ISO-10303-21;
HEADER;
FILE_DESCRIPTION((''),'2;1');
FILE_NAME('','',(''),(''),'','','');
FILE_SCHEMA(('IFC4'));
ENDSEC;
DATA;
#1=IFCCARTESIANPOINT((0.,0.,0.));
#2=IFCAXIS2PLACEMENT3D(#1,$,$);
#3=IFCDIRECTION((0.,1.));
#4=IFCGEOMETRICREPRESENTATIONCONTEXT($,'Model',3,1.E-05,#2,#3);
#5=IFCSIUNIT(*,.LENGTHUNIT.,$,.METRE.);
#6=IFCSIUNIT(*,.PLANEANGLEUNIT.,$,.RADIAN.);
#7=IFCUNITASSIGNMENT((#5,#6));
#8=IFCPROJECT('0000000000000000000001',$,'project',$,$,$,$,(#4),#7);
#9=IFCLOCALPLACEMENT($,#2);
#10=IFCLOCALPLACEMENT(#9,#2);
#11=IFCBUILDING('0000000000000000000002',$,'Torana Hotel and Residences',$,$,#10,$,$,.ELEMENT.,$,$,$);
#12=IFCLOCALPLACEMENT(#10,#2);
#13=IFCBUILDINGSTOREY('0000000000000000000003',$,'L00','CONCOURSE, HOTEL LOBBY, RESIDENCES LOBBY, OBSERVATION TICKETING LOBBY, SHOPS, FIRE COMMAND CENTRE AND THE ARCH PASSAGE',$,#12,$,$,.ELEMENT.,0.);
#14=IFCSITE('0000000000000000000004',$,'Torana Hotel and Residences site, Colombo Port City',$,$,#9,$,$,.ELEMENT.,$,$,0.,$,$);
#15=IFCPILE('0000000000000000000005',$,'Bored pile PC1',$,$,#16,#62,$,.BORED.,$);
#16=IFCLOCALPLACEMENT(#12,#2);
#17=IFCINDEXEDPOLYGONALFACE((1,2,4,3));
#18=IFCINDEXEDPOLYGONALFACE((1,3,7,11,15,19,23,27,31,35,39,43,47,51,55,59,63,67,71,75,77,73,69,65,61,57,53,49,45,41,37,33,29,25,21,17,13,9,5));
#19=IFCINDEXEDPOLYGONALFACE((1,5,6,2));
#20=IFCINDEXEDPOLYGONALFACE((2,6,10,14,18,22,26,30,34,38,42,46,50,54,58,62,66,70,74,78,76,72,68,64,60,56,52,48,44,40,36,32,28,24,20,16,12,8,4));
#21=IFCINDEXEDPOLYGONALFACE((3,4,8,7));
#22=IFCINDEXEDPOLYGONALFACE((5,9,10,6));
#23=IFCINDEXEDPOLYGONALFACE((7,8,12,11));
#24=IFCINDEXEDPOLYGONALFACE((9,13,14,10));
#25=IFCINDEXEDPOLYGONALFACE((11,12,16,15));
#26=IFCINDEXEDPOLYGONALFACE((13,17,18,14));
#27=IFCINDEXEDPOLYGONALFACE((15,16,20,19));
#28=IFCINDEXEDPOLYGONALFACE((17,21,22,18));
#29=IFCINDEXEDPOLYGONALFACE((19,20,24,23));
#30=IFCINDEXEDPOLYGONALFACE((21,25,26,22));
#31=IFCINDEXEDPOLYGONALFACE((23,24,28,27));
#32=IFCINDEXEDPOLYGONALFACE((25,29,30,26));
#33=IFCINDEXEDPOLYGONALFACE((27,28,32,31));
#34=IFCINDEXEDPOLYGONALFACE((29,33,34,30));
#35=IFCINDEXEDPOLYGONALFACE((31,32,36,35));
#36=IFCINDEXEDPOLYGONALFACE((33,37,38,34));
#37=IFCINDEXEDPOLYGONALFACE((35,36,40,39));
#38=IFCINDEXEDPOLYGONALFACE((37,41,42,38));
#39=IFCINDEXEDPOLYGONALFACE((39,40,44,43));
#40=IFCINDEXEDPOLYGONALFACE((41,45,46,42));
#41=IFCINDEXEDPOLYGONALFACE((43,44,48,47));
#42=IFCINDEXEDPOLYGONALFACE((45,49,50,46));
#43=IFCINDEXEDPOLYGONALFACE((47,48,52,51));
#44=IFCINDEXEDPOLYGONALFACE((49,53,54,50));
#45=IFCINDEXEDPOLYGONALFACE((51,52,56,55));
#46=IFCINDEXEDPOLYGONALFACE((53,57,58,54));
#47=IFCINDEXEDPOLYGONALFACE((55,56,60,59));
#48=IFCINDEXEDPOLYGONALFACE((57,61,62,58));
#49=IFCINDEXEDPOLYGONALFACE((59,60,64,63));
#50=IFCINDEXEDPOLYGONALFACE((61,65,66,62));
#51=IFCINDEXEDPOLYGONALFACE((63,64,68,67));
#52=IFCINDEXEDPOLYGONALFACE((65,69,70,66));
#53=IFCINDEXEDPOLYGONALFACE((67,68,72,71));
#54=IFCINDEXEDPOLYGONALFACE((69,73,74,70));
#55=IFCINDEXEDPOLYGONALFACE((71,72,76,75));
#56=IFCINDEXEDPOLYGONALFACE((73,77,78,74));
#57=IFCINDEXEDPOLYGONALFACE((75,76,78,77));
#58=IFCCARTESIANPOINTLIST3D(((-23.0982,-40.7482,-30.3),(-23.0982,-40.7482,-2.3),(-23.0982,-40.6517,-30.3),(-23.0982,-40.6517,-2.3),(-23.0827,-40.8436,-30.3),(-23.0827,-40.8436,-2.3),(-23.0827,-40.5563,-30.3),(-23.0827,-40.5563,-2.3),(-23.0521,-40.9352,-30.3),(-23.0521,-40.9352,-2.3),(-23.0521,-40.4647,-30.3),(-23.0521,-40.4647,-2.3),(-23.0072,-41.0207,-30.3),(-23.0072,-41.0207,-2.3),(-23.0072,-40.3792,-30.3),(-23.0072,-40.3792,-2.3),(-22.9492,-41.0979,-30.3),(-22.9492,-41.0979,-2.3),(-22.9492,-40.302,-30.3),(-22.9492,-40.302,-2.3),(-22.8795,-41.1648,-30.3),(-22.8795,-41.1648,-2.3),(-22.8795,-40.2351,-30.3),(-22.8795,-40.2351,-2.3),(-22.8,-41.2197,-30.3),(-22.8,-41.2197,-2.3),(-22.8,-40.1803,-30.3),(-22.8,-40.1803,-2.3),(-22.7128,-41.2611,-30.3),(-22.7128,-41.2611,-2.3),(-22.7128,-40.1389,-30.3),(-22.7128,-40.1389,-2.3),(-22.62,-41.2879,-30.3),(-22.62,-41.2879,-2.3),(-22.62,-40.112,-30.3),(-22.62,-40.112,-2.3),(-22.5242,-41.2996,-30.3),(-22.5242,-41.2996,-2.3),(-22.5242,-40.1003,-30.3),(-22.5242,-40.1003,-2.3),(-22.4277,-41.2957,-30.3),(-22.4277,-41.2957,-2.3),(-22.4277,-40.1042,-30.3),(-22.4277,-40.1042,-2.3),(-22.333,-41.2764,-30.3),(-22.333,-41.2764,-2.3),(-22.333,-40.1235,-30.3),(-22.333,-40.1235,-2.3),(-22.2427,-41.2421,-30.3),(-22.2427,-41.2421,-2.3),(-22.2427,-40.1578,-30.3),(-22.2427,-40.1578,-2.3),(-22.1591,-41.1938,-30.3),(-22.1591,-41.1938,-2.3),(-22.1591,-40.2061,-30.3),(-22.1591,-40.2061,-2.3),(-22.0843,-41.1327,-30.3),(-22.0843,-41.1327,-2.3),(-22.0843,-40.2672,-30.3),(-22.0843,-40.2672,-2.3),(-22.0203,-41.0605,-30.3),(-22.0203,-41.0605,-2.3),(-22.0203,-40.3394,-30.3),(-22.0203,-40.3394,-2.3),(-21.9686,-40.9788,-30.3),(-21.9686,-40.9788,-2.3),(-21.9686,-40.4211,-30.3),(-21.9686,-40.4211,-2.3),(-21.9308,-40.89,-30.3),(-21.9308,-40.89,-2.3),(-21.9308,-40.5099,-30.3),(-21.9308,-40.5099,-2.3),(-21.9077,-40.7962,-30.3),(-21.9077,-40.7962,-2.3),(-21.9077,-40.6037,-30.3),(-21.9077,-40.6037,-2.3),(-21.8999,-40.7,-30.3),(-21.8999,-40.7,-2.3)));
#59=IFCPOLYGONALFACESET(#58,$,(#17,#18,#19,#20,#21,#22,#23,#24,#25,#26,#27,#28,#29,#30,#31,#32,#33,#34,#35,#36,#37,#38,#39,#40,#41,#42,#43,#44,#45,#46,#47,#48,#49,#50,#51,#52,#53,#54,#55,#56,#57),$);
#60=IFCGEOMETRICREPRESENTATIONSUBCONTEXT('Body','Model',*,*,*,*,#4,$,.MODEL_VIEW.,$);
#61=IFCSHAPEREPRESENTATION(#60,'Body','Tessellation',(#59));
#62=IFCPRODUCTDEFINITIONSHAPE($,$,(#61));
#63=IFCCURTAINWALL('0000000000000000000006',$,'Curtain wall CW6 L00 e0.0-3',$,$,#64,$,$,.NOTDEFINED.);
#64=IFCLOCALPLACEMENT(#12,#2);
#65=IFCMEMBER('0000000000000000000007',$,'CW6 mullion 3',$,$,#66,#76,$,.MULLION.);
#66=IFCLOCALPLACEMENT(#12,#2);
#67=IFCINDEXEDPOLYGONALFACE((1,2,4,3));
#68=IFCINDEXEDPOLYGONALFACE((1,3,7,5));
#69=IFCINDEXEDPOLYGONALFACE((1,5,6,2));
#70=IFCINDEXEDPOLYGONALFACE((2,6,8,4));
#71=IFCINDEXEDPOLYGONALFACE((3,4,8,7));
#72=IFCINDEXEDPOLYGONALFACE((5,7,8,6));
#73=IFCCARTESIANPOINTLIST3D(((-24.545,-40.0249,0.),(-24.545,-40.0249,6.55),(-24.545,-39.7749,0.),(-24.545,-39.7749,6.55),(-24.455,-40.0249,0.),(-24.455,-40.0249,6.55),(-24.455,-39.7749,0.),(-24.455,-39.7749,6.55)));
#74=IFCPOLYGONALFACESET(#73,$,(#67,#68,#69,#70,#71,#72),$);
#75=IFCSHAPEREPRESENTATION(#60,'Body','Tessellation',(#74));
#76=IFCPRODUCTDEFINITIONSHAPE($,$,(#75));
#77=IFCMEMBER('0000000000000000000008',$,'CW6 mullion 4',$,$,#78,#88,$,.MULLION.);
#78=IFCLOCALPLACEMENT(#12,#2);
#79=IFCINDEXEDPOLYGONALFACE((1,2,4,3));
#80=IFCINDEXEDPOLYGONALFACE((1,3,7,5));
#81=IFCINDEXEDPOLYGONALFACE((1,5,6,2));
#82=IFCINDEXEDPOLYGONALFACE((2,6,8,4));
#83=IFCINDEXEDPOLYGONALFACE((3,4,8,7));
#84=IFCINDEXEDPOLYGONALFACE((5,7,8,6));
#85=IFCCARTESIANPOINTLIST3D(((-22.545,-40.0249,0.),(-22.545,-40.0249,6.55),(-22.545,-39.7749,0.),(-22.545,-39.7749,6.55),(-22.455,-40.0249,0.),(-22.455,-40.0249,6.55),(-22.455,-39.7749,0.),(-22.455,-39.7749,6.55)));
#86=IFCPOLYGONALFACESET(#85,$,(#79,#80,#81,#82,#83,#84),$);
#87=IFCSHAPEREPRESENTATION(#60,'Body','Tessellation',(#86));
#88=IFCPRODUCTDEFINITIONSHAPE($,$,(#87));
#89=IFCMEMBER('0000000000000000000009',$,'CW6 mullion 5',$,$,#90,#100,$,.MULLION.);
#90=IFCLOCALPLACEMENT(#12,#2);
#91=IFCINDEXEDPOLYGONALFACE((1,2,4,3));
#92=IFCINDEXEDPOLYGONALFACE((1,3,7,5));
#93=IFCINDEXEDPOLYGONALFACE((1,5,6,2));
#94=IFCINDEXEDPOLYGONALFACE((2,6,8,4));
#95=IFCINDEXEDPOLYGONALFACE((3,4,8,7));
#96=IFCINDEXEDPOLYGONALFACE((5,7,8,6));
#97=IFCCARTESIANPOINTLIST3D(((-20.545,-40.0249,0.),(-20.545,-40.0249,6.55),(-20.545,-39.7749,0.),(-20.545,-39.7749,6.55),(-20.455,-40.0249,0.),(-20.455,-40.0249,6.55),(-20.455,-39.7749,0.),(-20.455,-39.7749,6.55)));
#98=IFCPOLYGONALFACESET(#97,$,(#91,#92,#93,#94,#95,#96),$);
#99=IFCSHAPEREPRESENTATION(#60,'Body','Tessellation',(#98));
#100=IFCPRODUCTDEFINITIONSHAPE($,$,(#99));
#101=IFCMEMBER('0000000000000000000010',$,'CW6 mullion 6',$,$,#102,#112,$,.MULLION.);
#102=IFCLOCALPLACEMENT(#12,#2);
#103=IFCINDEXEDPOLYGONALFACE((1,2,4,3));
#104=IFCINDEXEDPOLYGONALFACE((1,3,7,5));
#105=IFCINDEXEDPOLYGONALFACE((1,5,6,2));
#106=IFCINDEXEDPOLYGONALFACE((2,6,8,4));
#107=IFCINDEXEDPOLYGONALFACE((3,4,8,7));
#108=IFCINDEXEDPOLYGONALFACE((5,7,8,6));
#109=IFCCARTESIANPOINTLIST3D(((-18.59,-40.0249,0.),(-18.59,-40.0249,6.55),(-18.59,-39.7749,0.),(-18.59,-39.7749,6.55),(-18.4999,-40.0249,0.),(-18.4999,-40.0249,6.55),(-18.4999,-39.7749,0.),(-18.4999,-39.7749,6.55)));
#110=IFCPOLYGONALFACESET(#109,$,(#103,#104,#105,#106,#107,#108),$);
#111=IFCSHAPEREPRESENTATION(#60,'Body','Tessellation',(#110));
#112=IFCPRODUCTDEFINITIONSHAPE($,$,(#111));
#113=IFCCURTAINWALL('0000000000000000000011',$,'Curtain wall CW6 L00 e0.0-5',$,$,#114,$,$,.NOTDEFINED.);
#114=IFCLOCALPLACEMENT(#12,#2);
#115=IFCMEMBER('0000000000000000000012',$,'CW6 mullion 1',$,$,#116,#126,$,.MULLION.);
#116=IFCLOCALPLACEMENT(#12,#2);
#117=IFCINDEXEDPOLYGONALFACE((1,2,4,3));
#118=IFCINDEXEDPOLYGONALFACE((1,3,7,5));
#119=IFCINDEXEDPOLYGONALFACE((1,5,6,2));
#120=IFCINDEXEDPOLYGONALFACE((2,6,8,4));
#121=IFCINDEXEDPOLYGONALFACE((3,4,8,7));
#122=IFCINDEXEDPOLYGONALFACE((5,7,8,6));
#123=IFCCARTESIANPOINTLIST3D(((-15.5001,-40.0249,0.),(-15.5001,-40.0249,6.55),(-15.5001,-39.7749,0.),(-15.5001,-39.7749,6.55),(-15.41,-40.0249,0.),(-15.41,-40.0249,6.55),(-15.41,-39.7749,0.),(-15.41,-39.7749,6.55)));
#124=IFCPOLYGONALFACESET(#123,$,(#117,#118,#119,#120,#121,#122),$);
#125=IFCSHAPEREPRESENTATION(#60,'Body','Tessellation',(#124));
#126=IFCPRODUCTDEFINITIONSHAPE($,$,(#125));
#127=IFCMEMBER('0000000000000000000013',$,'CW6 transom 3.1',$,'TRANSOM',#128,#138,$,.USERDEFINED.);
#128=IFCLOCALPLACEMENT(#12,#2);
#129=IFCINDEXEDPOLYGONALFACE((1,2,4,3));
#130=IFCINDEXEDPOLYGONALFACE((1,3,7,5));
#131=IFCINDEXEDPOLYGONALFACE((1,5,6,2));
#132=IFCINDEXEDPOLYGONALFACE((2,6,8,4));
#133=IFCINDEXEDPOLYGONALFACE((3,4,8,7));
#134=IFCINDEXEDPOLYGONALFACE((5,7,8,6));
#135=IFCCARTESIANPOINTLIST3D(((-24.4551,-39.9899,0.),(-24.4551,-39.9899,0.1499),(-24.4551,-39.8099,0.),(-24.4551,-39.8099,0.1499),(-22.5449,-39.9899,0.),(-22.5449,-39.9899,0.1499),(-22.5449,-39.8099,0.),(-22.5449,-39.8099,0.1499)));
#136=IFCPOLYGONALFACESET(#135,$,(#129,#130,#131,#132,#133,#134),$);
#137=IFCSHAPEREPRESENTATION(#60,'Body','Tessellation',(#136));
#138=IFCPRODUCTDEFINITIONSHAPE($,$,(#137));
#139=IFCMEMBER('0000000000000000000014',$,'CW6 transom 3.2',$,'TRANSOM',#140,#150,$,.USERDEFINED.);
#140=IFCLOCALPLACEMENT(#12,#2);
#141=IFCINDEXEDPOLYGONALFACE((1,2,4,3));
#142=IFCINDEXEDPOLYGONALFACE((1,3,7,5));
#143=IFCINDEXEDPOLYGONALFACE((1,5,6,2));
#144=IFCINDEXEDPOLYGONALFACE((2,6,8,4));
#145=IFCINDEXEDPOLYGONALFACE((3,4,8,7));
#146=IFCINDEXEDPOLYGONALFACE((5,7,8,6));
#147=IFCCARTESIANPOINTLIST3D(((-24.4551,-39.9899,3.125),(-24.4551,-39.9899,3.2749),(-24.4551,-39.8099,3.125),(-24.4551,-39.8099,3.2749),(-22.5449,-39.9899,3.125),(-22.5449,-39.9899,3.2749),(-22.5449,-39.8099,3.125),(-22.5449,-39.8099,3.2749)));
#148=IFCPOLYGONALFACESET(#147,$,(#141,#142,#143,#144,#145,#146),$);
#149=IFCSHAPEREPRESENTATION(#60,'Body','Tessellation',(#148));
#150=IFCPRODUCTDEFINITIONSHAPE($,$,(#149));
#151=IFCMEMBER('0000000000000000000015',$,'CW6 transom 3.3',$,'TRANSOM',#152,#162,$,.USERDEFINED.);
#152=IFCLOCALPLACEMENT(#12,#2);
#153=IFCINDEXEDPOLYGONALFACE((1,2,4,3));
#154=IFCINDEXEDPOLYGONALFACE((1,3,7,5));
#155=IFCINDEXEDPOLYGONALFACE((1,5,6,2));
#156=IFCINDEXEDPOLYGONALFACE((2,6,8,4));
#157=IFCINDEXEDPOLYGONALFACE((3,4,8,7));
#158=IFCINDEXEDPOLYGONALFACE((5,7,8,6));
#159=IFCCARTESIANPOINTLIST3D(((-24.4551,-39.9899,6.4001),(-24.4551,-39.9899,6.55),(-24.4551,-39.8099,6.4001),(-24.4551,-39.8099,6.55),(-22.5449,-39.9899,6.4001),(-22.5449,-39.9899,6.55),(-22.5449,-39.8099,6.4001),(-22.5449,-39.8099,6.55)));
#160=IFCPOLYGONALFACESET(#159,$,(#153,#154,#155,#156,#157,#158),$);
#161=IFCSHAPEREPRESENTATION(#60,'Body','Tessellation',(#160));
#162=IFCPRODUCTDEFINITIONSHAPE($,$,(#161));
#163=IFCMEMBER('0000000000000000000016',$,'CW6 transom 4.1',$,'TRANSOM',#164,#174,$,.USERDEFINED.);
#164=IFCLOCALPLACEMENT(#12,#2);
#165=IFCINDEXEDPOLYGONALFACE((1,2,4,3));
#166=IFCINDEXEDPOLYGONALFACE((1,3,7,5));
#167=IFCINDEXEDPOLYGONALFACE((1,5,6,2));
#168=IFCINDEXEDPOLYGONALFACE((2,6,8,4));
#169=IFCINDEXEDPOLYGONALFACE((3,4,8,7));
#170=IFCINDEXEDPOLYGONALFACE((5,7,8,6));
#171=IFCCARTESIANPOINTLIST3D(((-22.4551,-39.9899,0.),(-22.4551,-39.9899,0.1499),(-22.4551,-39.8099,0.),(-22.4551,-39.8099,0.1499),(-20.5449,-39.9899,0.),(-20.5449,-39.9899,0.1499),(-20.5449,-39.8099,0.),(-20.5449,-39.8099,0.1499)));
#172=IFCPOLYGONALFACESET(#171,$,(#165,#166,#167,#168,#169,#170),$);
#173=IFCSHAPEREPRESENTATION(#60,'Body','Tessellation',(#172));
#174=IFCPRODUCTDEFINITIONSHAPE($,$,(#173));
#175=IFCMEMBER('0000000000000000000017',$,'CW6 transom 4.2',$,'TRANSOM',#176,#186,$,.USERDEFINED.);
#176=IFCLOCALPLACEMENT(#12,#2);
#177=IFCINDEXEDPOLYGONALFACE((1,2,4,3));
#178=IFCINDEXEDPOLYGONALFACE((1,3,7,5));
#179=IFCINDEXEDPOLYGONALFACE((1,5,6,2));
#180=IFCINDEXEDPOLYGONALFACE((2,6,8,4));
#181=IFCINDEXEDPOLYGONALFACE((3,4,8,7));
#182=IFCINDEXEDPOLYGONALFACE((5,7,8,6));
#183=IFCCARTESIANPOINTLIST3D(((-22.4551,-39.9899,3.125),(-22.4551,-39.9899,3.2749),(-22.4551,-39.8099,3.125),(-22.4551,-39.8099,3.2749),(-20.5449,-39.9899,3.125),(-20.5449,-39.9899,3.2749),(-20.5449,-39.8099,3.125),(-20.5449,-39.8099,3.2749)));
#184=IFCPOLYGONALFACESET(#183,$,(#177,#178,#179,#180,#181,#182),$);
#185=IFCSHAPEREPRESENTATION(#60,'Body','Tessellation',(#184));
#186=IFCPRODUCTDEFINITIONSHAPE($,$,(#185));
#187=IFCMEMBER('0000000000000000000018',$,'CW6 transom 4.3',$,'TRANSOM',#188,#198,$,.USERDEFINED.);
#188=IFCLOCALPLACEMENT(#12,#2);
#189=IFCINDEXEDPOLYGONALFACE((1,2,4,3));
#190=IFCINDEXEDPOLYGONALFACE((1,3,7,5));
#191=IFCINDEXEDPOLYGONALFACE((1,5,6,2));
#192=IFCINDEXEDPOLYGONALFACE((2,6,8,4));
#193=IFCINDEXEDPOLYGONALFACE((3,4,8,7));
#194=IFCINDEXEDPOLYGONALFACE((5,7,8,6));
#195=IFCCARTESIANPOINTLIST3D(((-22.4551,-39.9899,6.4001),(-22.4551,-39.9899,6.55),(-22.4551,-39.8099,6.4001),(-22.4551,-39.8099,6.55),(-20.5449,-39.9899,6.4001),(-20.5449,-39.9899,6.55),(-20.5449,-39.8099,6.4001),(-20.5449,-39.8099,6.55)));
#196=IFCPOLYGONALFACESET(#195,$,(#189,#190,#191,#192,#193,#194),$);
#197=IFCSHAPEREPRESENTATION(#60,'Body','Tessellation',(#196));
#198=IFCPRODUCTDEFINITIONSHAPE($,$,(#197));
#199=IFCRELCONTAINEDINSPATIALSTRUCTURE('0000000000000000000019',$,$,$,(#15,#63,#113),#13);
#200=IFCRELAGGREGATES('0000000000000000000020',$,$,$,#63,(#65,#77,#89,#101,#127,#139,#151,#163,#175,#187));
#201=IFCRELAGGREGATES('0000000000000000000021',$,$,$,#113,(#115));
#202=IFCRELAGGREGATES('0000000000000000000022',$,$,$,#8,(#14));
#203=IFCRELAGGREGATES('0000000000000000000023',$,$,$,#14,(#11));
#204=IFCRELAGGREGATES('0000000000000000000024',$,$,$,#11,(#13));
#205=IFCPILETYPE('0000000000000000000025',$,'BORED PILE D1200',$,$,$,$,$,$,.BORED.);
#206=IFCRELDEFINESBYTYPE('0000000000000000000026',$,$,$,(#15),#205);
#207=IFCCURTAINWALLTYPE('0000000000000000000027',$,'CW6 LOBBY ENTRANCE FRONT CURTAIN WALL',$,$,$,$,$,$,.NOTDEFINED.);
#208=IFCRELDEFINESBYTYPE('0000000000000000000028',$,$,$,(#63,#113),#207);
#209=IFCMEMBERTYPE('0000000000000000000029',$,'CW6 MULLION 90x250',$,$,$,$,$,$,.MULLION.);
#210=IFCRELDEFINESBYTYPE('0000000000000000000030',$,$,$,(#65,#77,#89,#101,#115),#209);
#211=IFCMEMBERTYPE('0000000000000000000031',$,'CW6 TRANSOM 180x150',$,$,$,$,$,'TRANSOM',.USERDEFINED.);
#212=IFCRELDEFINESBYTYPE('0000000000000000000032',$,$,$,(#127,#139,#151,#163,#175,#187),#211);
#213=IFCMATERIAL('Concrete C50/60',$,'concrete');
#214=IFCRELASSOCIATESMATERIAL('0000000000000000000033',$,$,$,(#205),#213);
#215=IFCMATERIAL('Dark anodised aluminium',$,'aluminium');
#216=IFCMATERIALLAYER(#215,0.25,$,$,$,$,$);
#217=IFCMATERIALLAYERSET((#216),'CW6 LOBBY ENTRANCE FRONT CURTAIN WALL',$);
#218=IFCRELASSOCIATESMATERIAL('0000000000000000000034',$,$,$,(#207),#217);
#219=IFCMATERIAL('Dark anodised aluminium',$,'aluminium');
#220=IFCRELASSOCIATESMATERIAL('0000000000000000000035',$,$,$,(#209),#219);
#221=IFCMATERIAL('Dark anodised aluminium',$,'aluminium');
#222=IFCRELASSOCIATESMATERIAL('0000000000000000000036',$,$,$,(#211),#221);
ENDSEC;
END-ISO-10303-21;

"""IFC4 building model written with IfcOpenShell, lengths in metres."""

from ifc_helpers import new_model, si_unit, direction, frame, origin, origin_2d, place, context, subcontext, project, spatial, rectangle, circle, extrude, material, layer, layer_set, material_profile, profile_set, type_object, element, aggregate, save


model = new_model("IFC4")

# Units and contexts
model_context = context("Model", 3, precision=1e-05, world=origin(), true_north=direction((0.0, 1.0)))
body_context = subcontext(model_context, "Body", "Model", "MODEL_VIEW")
ifc_project = project(units=[si_unit("LENGTHUNIT", "METRE"), si_unit("PLANEANGLEUNIT", "RADIAN")], contexts=[model_context])

# Site, building, storey
site_placement = place(None, origin())
site = spatial("IfcSite", under=ifc_project, at=site_placement, Name="Torana Hotel and Residences site, Colombo Port City", CompositionType="ELEMENT", RefElevation=0.0)
building_placement = place(site_placement, origin())
building = spatial("IfcBuilding", under=site, at=building_placement, Name="Torana Hotel and Residences", CompositionType="ELEMENT")
storey_placement = place(building_placement, origin())
storey = spatial("IfcBuildingStorey", under=building, at=storey_placement, Name="L00", Description="CONCOURSE, HOTEL LOBBY, RESIDENCES LOBBY, OBSERVATION TICKETING LOBBY, SHOPS, FIRE COMMAND CENTRE AND THE ARCH PASSAGE", CompositionType="ELEMENT", Elevation=0.0)

# Pile
ifc_material_1 = material(Name="Concrete C50/60", Category="concrete")
pile_type = type_object("IfcPileType", Name="BORED PILE D1200", PredefinedType="BORED", material=ifc_material_1)
pile_placement = place(storey_placement, frame((-22.5, -40.7, -2.3), z_axis=(0.0, 0.0, -1.0), x_axis=(1.0, 0.0, 0.0)))
element("IfcPile", 1, at=pile_placement, inside=storey, type_object=pile_type, Name="Bored pile PC1", PredefinedType="BORED", context=body_context, shape_type="SweptSolid", body=[
    extrude(circle(Radius=0.6001, at=origin_2d()), origin(), (0.0, 0.0, 1.0), 28.0),
])

# Curtain wall, members
ifc_material_2 = material(Name="Dark anodised aluminium", Category="aluminium")
ifc_layer_1 = layer(ifc_material_2, 0.25)
ifc_layer_set_1 = layer_set([ifc_layer_1], Name="CW6 LOBBY ENTRANCE FRONT CURTAIN WALL")
curtain_wall_type = type_object("IfcCurtainWallType", Name="CW6 LOBBY ENTRANCE FRONT CURTAIN WALL", PredefinedType="NOTDEFINED", material=ifc_layer_set_1)
curtain_wall_1_placement = place(storey_placement, origin())
curtain_wall_1 = element("IfcCurtainWall", 2, at=curtain_wall_1_placement, inside=storey, type_object=curtain_wall_type, Name="Curtain wall CW6 L00 e0.0-3", PredefinedType="NOTDEFINED")
ifc_material_3 = material(Name="Dark anodised aluminium", Category="aluminium")
ifc_material_profile_1 = material_profile(ifc_material_3, rectangle(XDim=0.25, YDim=0.0901, at=origin_2d()), Name="CW6 MULLION 90x250")
ifc_profile_set_1 = profile_set([ifc_material_profile_1], Name="Dark anodised aluminium")
member_type_1 = type_object("IfcMemberType", Name="CW6 MULLION 90x250", PredefinedType="MULLION", material=ifc_profile_set_1)
member_1_placement = place(storey_placement, frame((-24.5, -39.8999, 0.0), z_axis=(0.0, 0.0, 1.0), x_axis=(0.0, 1.0, 0.0)))
member_1 = element("IfcMember", 3, at=member_1_placement, type_object=member_type_1, Name="CW6 mullion 3", PredefinedType="MULLION", context=body_context, shape_type="SweptSolid", body=[
    extrude(rectangle(XDim=0.25, YDim=0.0901, at=origin_2d()), origin(), (0.0, 0.0, 1.0), 6.55),
])
member_2_placement = place(storey_placement, frame((-22.5, -39.8999, 0.0), z_axis=(0.0, 0.0, 1.0), x_axis=(0.0, 1.0, 0.0)))
member_2 = element("IfcMember", 4, at=member_2_placement, type_object=member_type_1, Name="CW6 mullion 4", PredefinedType="MULLION", context=body_context, shape_type="SweptSolid", body=[
    extrude(rectangle(XDim=0.25, YDim=0.0901, at=origin_2d()), origin(), (0.0, 0.0, 1.0), 6.55),
])
member_3_placement = place(storey_placement, frame((-20.5, -39.8999, 0.0), z_axis=(0.0, 0.0, 1.0), x_axis=(0.0, 1.0, 0.0)))
member_3 = element("IfcMember", 5, at=member_3_placement, type_object=member_type_1, Name="CW6 mullion 5", PredefinedType="MULLION", context=body_context, shape_type="SweptSolid", body=[
    extrude(rectangle(XDim=0.25, YDim=0.0901, at=origin_2d()), origin(), (0.0, 0.0, 1.0), 6.55),
])
member_4_placement = place(storey_placement, frame((-18.5449, -39.8999, 0.0), z_axis=(0.0, 0.0, 1.0), x_axis=(0.0, 1.0, 0.0)))
member_4 = element("IfcMember", 6, at=member_4_placement, type_object=member_type_1, Name="CW6 mullion 6", PredefinedType="MULLION", context=body_context, shape_type="SweptSolid", body=[
    extrude(rectangle(XDim=0.25, YDim=0.0901, at=origin_2d()), origin(), (0.0, 0.0, 1.0), 6.55),
])

# Curtain wall, member
curtain_wall_2_placement = place(storey_placement, origin())
curtain_wall_2 = element("IfcCurtainWall", 7, at=curtain_wall_2_placement, inside=storey, type_object=curtain_wall_type, Name="Curtain wall CW6 L00 e0.0-5", PredefinedType="NOTDEFINED")
member_5_placement = place(storey_placement, frame((-15.4551, -39.8999, 0.0), z_axis=(0.0, 0.0, 1.0), x_axis=(0.0, 1.0, 0.0)))
member_5 = element("IfcMember", 8, at=member_5_placement, type_object=member_type_1, Name="CW6 mullion 1", PredefinedType="MULLION", context=body_context, shape_type="SweptSolid", body=[
    extrude(rectangle(XDim=0.25, YDim=0.0901, at=origin_2d()), origin(), (0.0, 0.0, 1.0), 6.55),
])

# Members
ifc_material_4 = material(Name="Dark anodised aluminium", Category="aluminium")
ifc_material_profile_2 = material_profile(ifc_material_4, rectangle(XDim=0.1799, YDim=0.1499, at=origin_2d()), Name="CW6 TRANSOM 180x150")
ifc_profile_set_2 = profile_set([ifc_material_profile_2], Name="Dark anodised aluminium")
member_type_2 = type_object("IfcMemberType", Name="CW6 TRANSOM 180x150", ElementType="TRANSOM", PredefinedType="USERDEFINED", material=ifc_profile_set_2)
member_6_placement = place(storey_placement, frame((-24.4551, -39.8999, 0.075), z_axis=(1.0, 0.0, 0.0), x_axis=(0.0, 1.0, 0.0)))
member_6 = element("IfcMember", 9, at=member_6_placement, type_object=member_type_2, Name="CW6 transom 3.1", ObjectType="TRANSOM", PredefinedType="USERDEFINED", context=body_context, shape_type="SweptSolid", body=[
    extrude(rectangle(XDim=0.1799, YDim=0.1499, at=origin_2d()), origin(), (0.0, 0.0, 1.0), 1.9102),
])
member_7_placement = place(storey_placement, frame((-24.4551, -39.8999, 3.2), z_axis=(1.0, 0.0, 0.0), x_axis=(0.0, 1.0, 0.0)))
member_7 = element("IfcMember", 10, at=member_7_placement, type_object=member_type_2, Name="CW6 transom 3.2", ObjectType="TRANSOM", PredefinedType="USERDEFINED", context=body_context, shape_type="SweptSolid", body=[
    extrude(rectangle(XDim=0.1799, YDim=0.1499, at=origin_2d()), origin(), (0.0, 0.0, 1.0), 1.9102),
])
member_8_placement = place(storey_placement, frame((-24.4551, -39.8999, 6.4751), z_axis=(1.0, 0.0, 0.0), x_axis=(0.0, 1.0, 0.0)))
member_8 = element("IfcMember", 11, at=member_8_placement, type_object=member_type_2, Name="CW6 transom 3.3", ObjectType="TRANSOM", PredefinedType="USERDEFINED", context=body_context, shape_type="SweptSolid", body=[
    extrude(rectangle(XDim=0.1799, YDim=0.1499, at=origin_2d()), origin(), (0.0, 0.0, 1.0), 1.9102),
])
member_9_placement = place(storey_placement, frame((-22.4551, -39.8999, 0.075), z_axis=(1.0, 0.0, 0.0), x_axis=(0.0, 1.0, 0.0)))
member_9 = element("IfcMember", 12, at=member_9_placement, type_object=member_type_2, Name="CW6 transom 4.1", ObjectType="TRANSOM", PredefinedType="USERDEFINED", context=body_context, shape_type="SweptSolid", body=[
    extrude(rectangle(XDim=0.1799, YDim=0.1499, at=origin_2d()), origin(), (0.0, 0.0, 1.0), 1.9102),
])
member_10_placement = place(storey_placement, frame((-22.4551, -39.8999, 3.2), z_axis=(1.0, 0.0, 0.0), x_axis=(0.0, 1.0, 0.0)))
member_10 = element("IfcMember", 13, at=member_10_placement, type_object=member_type_2, Name="CW6 transom 4.2", ObjectType="TRANSOM", PredefinedType="USERDEFINED", context=body_context, shape_type="SweptSolid", body=[
    extrude(rectangle(XDim=0.1799, YDim=0.1499, at=origin_2d()), origin(), (0.0, 0.0, 1.0), 1.9102),
])
member_11_placement = place(storey_placement, frame((-22.4551, -39.8999, 6.4751), z_axis=(1.0, 0.0, 0.0), x_axis=(0.0, 1.0, 0.0)))
member_11 = element("IfcMember", 14, at=member_11_placement, type_object=member_type_2, Name="CW6 transom 4.3", ObjectType="TRANSOM", PredefinedType="USERDEFINED", context=body_context, shape_type="SweptSolid", body=[
    extrude(rectangle(XDim=0.1799, YDim=0.1499, at=origin_2d()), origin(), (0.0, 0.0, 1.0), 1.9102),
])

aggregate(curtain_wall_1, [member_1, member_2, member_3, member_4, member_6, member_7, member_8, member_9, member_10, member_11])
aggregate(curtain_wall_2, [member_5])

save(model, "model.ifc")
